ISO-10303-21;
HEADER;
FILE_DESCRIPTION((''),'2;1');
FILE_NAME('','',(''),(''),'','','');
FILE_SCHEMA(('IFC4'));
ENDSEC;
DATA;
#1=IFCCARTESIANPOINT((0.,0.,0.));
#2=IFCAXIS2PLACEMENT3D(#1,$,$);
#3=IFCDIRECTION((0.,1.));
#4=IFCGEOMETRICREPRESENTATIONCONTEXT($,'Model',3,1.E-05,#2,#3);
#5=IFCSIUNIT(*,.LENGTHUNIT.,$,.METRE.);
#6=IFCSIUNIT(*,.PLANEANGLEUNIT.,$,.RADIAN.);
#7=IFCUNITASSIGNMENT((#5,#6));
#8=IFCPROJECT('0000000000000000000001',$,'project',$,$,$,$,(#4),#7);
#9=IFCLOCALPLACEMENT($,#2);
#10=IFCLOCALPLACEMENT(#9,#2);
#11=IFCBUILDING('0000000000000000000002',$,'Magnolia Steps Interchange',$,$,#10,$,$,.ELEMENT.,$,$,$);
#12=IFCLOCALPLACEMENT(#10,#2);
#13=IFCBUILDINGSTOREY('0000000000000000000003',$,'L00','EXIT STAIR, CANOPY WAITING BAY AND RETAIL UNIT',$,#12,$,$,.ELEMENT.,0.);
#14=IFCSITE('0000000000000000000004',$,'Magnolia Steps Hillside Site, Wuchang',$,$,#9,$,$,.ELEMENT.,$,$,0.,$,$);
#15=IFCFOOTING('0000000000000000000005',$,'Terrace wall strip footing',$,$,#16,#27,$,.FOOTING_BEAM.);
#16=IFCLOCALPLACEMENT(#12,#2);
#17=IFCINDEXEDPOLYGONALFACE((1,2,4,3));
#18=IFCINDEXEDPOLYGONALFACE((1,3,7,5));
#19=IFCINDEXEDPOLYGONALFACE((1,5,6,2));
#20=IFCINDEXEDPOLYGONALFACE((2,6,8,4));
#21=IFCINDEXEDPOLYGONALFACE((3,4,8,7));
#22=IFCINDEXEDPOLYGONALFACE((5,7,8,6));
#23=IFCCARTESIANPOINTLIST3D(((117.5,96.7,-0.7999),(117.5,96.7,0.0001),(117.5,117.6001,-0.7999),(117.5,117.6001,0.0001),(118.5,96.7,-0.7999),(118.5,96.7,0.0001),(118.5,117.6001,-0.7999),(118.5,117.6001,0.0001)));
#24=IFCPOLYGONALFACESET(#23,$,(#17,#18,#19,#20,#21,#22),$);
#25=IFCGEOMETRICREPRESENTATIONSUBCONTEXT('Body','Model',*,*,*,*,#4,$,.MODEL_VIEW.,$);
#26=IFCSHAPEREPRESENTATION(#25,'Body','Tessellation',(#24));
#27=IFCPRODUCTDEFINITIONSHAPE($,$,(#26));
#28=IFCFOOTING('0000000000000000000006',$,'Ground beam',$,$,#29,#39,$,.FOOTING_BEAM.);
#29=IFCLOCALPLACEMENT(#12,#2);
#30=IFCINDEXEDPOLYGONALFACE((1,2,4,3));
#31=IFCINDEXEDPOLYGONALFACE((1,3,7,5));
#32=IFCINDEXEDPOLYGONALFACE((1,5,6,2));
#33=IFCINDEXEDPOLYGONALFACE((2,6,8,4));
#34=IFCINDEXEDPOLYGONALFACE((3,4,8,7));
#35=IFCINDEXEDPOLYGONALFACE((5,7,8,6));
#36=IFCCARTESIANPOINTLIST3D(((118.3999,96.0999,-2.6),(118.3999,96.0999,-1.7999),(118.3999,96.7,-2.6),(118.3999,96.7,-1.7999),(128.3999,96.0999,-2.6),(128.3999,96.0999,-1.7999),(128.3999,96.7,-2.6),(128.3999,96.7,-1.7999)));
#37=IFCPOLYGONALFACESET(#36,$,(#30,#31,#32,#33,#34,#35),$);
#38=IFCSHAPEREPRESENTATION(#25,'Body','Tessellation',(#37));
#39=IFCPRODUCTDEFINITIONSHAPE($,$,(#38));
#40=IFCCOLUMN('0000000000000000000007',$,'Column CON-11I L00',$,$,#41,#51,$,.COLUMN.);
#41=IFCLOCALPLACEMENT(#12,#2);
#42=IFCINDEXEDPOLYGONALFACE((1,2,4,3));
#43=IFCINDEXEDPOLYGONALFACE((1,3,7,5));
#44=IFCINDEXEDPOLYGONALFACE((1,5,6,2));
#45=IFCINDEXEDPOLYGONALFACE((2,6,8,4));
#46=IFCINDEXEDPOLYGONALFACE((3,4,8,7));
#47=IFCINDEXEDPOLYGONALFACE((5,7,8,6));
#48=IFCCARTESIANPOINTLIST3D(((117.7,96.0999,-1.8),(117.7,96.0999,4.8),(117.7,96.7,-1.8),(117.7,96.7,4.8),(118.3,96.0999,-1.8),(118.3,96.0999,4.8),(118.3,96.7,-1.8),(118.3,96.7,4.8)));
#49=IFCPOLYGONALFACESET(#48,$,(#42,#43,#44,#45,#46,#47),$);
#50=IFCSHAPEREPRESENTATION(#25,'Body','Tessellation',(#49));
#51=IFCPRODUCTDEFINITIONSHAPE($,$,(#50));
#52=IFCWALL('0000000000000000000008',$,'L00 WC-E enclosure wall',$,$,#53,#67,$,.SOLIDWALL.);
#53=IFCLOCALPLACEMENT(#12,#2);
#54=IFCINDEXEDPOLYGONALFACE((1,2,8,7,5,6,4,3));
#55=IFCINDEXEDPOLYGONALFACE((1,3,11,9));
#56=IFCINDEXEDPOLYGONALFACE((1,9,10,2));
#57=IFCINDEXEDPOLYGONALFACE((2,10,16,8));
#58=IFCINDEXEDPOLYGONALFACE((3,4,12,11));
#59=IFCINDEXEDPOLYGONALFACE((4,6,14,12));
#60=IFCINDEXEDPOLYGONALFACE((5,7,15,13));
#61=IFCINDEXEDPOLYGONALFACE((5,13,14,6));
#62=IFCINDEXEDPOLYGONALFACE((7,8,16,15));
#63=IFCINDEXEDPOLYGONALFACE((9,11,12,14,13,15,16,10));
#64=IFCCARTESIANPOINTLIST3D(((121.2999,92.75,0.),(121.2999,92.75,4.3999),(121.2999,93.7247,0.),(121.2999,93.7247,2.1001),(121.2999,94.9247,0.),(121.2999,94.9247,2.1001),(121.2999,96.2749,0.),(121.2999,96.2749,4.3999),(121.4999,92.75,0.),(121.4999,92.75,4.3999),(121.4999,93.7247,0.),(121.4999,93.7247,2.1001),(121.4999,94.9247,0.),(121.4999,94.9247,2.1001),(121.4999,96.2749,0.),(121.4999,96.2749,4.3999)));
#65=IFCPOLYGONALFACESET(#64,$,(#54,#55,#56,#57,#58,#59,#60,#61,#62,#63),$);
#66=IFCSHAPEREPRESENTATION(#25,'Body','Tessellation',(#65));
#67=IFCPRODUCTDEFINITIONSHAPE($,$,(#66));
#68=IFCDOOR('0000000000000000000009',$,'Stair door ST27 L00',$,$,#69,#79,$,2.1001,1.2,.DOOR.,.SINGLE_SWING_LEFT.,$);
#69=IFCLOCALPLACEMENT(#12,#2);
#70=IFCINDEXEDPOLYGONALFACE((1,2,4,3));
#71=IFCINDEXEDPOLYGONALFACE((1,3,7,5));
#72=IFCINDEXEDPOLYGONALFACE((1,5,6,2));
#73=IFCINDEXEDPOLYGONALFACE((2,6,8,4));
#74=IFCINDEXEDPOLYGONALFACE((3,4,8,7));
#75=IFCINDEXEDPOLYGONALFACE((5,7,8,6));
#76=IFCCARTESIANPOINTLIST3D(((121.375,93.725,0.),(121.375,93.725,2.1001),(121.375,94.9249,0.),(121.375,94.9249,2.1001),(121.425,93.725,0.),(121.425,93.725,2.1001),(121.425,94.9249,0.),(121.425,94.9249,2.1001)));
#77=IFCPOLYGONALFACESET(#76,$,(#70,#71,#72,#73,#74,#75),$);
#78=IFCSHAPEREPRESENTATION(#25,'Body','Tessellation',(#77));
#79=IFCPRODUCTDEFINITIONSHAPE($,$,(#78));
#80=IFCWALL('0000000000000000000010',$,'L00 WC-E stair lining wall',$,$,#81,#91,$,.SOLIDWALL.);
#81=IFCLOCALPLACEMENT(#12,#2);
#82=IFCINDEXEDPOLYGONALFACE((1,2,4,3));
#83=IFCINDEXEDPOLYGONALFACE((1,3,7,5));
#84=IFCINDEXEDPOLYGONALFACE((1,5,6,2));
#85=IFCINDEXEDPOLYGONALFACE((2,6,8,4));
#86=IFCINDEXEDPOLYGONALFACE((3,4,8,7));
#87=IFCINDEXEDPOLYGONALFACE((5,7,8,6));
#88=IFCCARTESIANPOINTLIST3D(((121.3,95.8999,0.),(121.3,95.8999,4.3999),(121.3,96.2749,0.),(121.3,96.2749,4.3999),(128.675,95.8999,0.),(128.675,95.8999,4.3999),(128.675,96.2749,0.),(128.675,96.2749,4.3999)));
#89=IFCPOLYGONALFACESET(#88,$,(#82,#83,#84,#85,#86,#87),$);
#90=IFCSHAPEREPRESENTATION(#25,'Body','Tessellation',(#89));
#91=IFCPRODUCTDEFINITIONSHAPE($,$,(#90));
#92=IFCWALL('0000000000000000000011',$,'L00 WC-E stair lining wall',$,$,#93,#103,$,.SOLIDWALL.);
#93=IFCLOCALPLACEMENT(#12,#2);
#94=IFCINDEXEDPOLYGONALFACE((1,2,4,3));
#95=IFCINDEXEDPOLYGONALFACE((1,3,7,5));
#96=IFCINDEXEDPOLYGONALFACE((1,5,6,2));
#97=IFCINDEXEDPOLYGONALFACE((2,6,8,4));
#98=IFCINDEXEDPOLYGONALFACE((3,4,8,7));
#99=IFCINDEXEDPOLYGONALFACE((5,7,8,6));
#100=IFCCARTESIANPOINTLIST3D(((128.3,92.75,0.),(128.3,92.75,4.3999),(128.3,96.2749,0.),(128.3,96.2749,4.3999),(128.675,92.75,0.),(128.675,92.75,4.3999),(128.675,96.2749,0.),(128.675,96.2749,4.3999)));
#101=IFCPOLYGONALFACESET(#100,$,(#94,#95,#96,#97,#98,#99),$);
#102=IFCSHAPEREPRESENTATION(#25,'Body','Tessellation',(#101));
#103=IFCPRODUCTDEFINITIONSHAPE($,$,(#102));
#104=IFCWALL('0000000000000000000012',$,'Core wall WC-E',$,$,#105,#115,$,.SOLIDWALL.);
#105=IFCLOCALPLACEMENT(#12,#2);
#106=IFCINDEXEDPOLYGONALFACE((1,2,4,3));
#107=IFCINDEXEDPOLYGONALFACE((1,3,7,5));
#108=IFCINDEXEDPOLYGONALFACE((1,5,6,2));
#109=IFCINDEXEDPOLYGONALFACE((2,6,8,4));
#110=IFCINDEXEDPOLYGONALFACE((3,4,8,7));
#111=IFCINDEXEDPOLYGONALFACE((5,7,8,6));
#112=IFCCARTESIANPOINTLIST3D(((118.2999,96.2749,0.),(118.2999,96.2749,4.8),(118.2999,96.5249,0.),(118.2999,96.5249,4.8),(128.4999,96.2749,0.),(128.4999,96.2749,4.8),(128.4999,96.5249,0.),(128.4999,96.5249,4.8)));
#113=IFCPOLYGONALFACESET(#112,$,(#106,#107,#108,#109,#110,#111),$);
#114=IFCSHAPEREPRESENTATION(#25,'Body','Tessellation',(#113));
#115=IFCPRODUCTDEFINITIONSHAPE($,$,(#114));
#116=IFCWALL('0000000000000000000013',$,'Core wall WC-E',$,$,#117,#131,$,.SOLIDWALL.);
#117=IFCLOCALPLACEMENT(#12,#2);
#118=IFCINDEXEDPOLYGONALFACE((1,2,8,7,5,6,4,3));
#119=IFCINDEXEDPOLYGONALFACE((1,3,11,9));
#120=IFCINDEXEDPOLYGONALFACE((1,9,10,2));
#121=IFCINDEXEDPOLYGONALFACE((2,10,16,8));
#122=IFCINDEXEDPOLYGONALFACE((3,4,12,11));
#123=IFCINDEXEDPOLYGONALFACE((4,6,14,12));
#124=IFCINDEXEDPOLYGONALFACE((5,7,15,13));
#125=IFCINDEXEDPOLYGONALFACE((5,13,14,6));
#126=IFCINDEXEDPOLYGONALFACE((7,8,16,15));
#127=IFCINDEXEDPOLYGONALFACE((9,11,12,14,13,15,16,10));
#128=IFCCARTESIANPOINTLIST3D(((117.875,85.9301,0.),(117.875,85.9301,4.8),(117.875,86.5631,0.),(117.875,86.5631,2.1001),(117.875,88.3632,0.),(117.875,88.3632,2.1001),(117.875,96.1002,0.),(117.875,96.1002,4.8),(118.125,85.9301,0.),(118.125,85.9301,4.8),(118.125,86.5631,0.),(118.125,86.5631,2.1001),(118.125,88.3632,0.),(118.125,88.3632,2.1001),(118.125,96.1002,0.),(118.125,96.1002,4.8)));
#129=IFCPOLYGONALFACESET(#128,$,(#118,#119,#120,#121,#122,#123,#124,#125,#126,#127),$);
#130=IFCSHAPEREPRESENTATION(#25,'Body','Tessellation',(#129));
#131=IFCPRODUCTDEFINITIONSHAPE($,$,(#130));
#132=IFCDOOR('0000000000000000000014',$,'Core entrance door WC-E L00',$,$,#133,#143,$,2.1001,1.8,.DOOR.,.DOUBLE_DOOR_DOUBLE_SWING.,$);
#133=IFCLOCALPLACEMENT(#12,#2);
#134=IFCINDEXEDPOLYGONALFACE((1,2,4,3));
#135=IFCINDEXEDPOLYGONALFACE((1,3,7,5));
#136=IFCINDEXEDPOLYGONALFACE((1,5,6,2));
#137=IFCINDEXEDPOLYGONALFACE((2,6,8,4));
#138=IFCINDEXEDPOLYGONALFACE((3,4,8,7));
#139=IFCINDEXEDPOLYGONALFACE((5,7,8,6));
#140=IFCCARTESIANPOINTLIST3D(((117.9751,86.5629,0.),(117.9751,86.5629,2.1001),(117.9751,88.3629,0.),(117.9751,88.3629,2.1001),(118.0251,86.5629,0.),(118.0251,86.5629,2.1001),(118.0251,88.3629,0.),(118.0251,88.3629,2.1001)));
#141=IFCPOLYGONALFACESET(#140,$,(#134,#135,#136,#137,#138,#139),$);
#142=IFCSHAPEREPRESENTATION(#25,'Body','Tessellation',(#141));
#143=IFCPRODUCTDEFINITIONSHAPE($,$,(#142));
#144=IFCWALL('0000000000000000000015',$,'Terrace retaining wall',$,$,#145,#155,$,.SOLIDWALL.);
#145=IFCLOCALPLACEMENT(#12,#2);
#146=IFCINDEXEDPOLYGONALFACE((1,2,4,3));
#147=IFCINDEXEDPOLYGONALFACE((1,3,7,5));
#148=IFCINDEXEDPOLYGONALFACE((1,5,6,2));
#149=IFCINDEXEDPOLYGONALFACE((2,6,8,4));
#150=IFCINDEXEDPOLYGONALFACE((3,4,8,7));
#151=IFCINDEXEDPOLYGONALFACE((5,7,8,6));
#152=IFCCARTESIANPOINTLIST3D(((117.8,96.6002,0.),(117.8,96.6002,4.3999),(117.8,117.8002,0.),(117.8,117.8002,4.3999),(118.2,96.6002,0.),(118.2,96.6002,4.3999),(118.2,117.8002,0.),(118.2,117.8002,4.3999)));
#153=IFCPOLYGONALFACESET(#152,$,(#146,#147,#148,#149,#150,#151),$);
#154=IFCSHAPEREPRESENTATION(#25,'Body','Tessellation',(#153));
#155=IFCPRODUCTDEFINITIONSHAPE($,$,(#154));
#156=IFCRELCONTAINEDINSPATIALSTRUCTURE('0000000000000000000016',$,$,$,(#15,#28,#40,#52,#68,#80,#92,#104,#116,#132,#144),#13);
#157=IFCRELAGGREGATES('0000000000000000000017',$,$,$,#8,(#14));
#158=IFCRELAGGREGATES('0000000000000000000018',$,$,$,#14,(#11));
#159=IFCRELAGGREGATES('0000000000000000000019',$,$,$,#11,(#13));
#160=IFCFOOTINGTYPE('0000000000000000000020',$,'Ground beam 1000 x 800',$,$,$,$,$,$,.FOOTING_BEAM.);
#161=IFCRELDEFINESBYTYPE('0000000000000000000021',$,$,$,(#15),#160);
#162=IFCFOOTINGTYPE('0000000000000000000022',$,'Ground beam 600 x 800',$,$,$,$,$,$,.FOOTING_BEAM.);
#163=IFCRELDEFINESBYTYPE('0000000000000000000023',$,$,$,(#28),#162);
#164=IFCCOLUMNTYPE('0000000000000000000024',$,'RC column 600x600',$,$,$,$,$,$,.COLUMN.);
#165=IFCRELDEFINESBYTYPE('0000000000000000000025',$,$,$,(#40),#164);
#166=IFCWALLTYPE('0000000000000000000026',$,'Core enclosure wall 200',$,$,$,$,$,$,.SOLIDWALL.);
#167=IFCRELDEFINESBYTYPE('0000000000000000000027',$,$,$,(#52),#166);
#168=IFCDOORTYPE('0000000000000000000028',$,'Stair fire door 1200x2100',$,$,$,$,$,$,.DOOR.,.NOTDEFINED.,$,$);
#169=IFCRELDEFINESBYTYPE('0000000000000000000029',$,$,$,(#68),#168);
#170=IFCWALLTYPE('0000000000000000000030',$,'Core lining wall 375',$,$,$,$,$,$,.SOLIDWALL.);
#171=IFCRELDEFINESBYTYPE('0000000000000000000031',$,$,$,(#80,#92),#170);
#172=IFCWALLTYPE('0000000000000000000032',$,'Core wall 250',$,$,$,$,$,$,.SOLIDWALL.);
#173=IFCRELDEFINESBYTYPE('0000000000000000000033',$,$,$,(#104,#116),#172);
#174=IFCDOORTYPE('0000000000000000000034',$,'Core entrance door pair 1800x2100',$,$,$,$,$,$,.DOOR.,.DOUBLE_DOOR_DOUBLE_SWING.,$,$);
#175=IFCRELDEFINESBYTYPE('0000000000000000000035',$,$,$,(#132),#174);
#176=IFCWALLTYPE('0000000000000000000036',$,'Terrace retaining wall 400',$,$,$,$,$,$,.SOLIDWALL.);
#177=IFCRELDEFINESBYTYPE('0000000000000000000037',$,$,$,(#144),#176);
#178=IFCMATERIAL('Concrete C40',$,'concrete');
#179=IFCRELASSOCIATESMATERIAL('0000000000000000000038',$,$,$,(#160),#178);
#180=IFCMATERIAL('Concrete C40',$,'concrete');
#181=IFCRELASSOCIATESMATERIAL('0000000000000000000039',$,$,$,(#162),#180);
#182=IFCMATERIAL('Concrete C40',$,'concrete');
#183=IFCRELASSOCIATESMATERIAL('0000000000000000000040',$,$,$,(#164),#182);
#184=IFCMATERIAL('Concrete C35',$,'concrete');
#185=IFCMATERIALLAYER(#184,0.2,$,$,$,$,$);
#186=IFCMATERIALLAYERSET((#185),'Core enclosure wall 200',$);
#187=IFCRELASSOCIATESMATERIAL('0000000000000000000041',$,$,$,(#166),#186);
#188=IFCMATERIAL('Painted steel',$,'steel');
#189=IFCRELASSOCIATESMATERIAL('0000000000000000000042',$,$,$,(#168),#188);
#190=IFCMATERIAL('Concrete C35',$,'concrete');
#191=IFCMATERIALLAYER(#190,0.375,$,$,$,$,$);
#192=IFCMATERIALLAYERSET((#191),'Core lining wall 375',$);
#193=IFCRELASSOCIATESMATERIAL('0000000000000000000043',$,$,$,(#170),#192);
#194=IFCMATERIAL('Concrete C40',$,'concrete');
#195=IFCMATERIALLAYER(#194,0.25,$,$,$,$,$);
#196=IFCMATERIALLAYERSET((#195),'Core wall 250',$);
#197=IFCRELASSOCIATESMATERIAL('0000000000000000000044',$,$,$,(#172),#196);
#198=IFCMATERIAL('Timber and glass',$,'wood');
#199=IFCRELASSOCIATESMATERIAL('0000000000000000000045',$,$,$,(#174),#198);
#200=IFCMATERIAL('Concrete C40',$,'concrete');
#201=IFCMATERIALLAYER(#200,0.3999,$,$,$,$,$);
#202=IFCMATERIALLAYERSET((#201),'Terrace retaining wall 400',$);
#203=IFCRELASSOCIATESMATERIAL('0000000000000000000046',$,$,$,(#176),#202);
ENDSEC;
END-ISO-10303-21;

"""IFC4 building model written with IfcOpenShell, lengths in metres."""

from ifc_helpers import new_model, si_unit, direction, frame, frame_2d, origin, origin_2d, place, context, subcontext, project, spatial, rectangle, extrude, material, layer, layer_set, material_profile, profile_set, type_object, element, fill, save


model = new_model("IFC4")

# Units and contexts
model_context = context("Model", 3, precision=1e-05, world=origin(), true_north=direction((0.0, 1.0)))
body_context = subcontext(model_context, "Body", "Model", "MODEL_VIEW")
ifc_project = project(units=[si_unit("LENGTHUNIT", "METRE"), si_unit("PLANEANGLEUNIT", "RADIAN")], contexts=[model_context])

# Site, building, storey
site_placement = place(None, origin())
site = spatial("IfcSite", under=ifc_project, at=site_placement, Name="Magnolia Steps Hillside Site, Wuchang", CompositionType="ELEMENT", RefElevation=0.0)
building_placement = place(site_placement, origin())
building = spatial("IfcBuilding", under=site, at=building_placement, Name="Magnolia Steps Interchange", CompositionType="ELEMENT")
storey_placement = place(building_placement, origin())
storey = spatial("IfcBuildingStorey", under=building, at=storey_placement, Name="L00", Description="EXIT STAIR, CANOPY WAITING BAY AND RETAIL UNIT", CompositionType="ELEMENT", Elevation=0.0)

# Footings
ifc_material_1 = material(Name="Concrete C40", Category="concrete")
ifc_material_profile_1 = material_profile(ifc_material_1, rectangle(XDim=1.0, YDim=0.8, at=origin_2d()), Name="RC1000x800")
ifc_profile_set_1 = profile_set([ifc_material_profile_1], Name="Concrete C40")
footing_type_1 = type_object("IfcFootingType", Name="Ground beam 1000 x 800", PredefinedType="FOOTING_BEAM", material=ifc_profile_set_1)
footing_1_placement = place(storey_placement, frame((118.0, 96.7, -0.3999), z_axis=(0.0, 1.0, 0.0), x_axis=(-1.0, 0.0, 0.0)))
element("IfcFooting", 1, at=footing_1_placement, inside=storey, type_object=footing_type_1, Name="Terrace wall strip footing", PredefinedType="FOOTING_BEAM", context=body_context, shape_type="SweptSolid", body=[
    extrude(rectangle(XDim=1.0, YDim=0.8, at=origin_2d()), origin(), (0.0, 0.0, 1.0), 20.9001),
])
ifc_material_2 = material(Name="Concrete C40", Category="concrete")
ifc_material_profile_2 = material_profile(ifc_material_2, rectangle(XDim=0.6001, YDim=0.8, at=origin_2d()), Name="RC600x800")
ifc_profile_set_2 = profile_set([ifc_material_profile_2], Name="Concrete C40")
footing_type_2 = type_object("IfcFootingType", Name="Ground beam 600 x 800", PredefinedType="FOOTING_BEAM", material=ifc_profile_set_2)
footing_2_placement = place(storey_placement, frame((118.3999, 96.3999, -2.2), z_axis=(1.0, 0.0, 0.0), x_axis=(0.0, 1.0, 0.0)))
element("IfcFooting", 2, at=footing_2_placement, inside=storey, type_object=footing_type_2, Name="Ground beam", PredefinedType="FOOTING_BEAM", context=body_context, shape_type="SweptSolid", body=[
    extrude(rectangle(XDim=0.6001, YDim=0.8, at=origin_2d()), origin(), (0.0, 0.0, 1.0), 10.0),
])

# Column
ifc_material_3 = material(Name="Concrete C40", Category="concrete")
ifc_material_profile_3 = material_profile(ifc_material_3, rectangle(XDim=0.6001, YDim=0.6001, at=origin_2d()), Name="RC600x600")
ifc_profile_set_3 = profile_set([ifc_material_profile_3], Name="Concrete C40")
column_type = type_object("IfcColumnType", Name="RC column 600x600", PredefinedType="COLUMN", material=ifc_profile_set_3)
column_placement = place(storey_placement, frame((118.0, 96.3999, -1.8), z_axis=(0.0, 0.0, 1.0), x_axis=(1.0, 0.0, 0.0)))
element("IfcColumn", 3, at=column_placement, inside=storey, type_object=column_type, Name="Column CON-11I L00", PredefinedType="COLUMN", context=body_context, shape_type="SweptSolid", body=[
    extrude(rectangle(XDim=0.6001, YDim=0.6001, at=origin_2d()), origin(), (0.0, 0.0, 1.0), 6.6001),
])

# Wall, opening, door
ifc_material_4 = material(Name="Concrete C35", Category="concrete")
ifc_layer_1 = layer(ifc_material_4, 0.2)
ifc_layer_set_1 = layer_set([ifc_layer_1], Name="Core enclosure wall 200")
wall_type_1 = type_object("IfcWallType", Name="Core enclosure wall 200", PredefinedType="SOLIDWALL", material=ifc_layer_set_1)
wall_1_placement = place(storey_placement, frame((121.3999, 96.2749, 0.0), z_axis=(0.0, 0.0, 1.0), x_axis=(0.0, -1.0, 0.0)))
wall_1 = element("IfcWall", 4, at=wall_1_placement, inside=storey, type_object=wall_type_1, Name="L00 WC-E enclosure wall", PredefinedType="SOLIDWALL", context=body_context, shape_type="SweptSolid", body=[
    extrude(rectangle(XDim=3.5249, YDim=0.2, at=frame_2d((1.7625, 0.0))), origin(), (0.0, 0.0, 1.0), 4.3999),
])
opening_1_placement = place(wall_1_placement, frame((1.3501, 0.0, 0.0)))
opening_1 = element("IfcOpeningElement", 5, at=opening_1_placement, cuts=wall_1, PredefinedType="OPENING", context=body_context, shape_type="SweptSolid", body=[
    extrude(rectangle(XDim=1.2, YDim=2.1001, at=frame_2d((0.6001, 1.05))), frame((0.0, 0.1099, 0.0), z_axis=(0.0, -1.0, 0.0), x_axis=(1.0, 0.0, 0.0)), (0.0, 0.0, 1.0), 0.22),
])
ifc_material_5 = material(Name="Painted steel", Category="steel")
door_type_1 = type_object("IfcDoorType", Name="Stair fire door 1200x2100", OperationType="NOTDEFINED", PredefinedType="DOOR", material=ifc_material_5)
door_1_placement = place(opening_1_placement, frame((1.2, 0.0, 0.0), z_axis=(0.0, 0.0, 1.0), x_axis=(-1.0, 0.0, 0.0)))
door_1 = element("IfcDoor", 6, at=door_1_placement, inside=storey, type_object=door_type_1, Name="Stair door ST27 L00", OperationType="SINGLE_SWING_LEFT", OverallHeight=2.1001, OverallWidth=1.2, PredefinedType="DOOR", context=body_context, shape_type="SweptSolid", body=[
    extrude(rectangle(XDim=1.2, YDim=2.1001, at=frame_2d((0.6001, 1.05))), frame((0.0, 0.0249, 0.0), z_axis=(0.0, -1.0, 0.0), x_axis=(1.0, 0.0, 0.0)), (0.0, 0.0, 1.0), 0.05),
])
fill(opening_1, door_1)

# Walls
ifc_material_6 = material(Name="Concrete C35", Category="concrete")
ifc_layer_2 = layer(ifc_material_6, 0.375)
ifc_layer_set_2 = layer_set([ifc_layer_2], Name="Core lining wall 375")
wall_type_2 = type_object("IfcWallType", Name="Core lining wall 375", PredefinedType="SOLIDWALL", material=ifc_layer_set_2)
wall_2_placement = place(storey_placement, frame((121.3, 96.0874, 0.0), z_axis=(0.0, 0.0, 1.0), x_axis=(1.0, 0.0, 0.0)))
element("IfcWall", 7, at=wall_2_placement, inside=storey, type_object=wall_type_2, Name="L00 WC-E stair lining wall", PredefinedType="SOLIDWALL", context=body_context, shape_type="SweptSolid", body=[
    extrude(rectangle(XDim=7.375, YDim=0.375, at=frame_2d((3.6875, 0.0))), origin(), (0.0, 0.0, 1.0), 4.3999),
])
wall_3_placement = place(storey_placement, frame((128.4875, 96.2749, 0.0), z_axis=(0.0, 0.0, 1.0), x_axis=(0.0, -1.0, 0.0)))
element("IfcWall", 8, at=wall_3_placement, inside=storey, type_object=wall_type_2, Name="L00 WC-E stair lining wall", PredefinedType="SOLIDWALL", context=body_context, shape_type="SweptSolid", body=[
    extrude(rectangle(XDim=3.5249, YDim=0.375, at=frame_2d((1.7625, 0.0))), origin(), (0.0, 0.0, 1.0), 4.3999),
])
ifc_material_7 = material(Name="Concrete C40", Category="concrete")
ifc_layer_3 = layer(ifc_material_7, 0.25)
ifc_layer_set_3 = layer_set([ifc_layer_3], Name="Core wall 250")
wall_type_3 = type_object("IfcWallType", Name="Core wall 250", PredefinedType="SOLIDWALL", material=ifc_layer_set_3)
wall_4_placement = place(storey_placement, frame((128.5, 96.3999, 0.0), z_axis=(0.0, 0.0, 1.0), x_axis=(-1.0, 0.0, 0.0)))
element("IfcWall", 9, at=wall_4_placement, inside=storey, type_object=wall_type_3, Name="Core wall WC-E", PredefinedType="SOLIDWALL", context=body_context, shape_type="SweptSolid", body=[
    extrude(rectangle(XDim=10.2, YDim=0.25, at=frame_2d((5.1001, 0.0))), origin(), (0.0, 0.0, 1.0), 4.8),
])

# Wall, opening, door
wall_5_placement = place(storey_placement, frame((118.0, 96.1001, 0.0), z_axis=(0.0, 0.0, 1.0), x_axis=(0.0, -1.0, 0.0)))
wall_5 = element("IfcWall", 10, at=wall_5_placement, inside=storey, type_object=wall_type_3, Name="Core wall WC-E", PredefinedType="SOLIDWALL", context=body_context, shape_type="SweptSolid", body=[
    extrude(rectangle(XDim=10.1702, YDim=0.25, at=frame_2d((5.085, 0.0))), origin(), (0.0, 0.0, 1.0), 4.8),
])
opening_2_placement = place(wall_5_placement, frame((7.7371, 0.0, 0.0)))
opening_2 = element("IfcOpeningElement", 11, at=opening_2_placement, cuts=wall_5, PredefinedType="OPENING", context=body_context, shape_type="SweptSolid", body=[
    extrude(rectangle(XDim=1.8, YDim=2.1001, at=frame_2d((0.8999, 1.05))), frame((0.0, 0.135, 0.0), z_axis=(0.0, -1.0, 0.0), x_axis=(1.0, 0.0, 0.0)), (0.0, 0.0, 1.0), 0.27),
])
ifc_material_8 = material(Name="Timber and glass", Category="wood")
door_type_2 = type_object("IfcDoorType", Name="Core entrance door pair 1800x2100", OperationType="DOUBLE_DOOR_DOUBLE_SWING", PredefinedType="DOOR", material=ifc_material_8)
door_2_placement = place(opening_2_placement, frame((1.8, 0.0, 0.0), z_axis=(0.0, 0.0, 1.0), x_axis=(-1.0, 0.0, 0.0)))
door_2 = element("IfcDoor", 12, at=door_2_placement, inside=storey, type_object=door_type_2, Name="Core entrance door WC-E L00", OperationType="DOUBLE_DOOR_DOUBLE_SWING", OverallHeight=2.1001, OverallWidth=1.8, PredefinedType="DOOR", context=body_context, shape_type="SweptSolid", body=[
    extrude(rectangle(XDim=1.8, YDim=2.1001, at=frame_2d((0.8999, 1.05))), frame((0.0, 0.0249, 0.0), z_axis=(0.0, -1.0, 0.0), x_axis=(1.0, 0.0, 0.0)), (0.0, 0.0, 1.0), 0.05),
])
fill(opening_2, door_2)

# Wall
ifc_material_9 = material(Name="Concrete C40", Category="concrete")
ifc_layer_4 = layer(ifc_material_9, 0.3999)
ifc_layer_set_4 = layer_set([ifc_layer_4], Name="Terrace retaining wall 400")
wall_type_4 = type_object("IfcWallType", Name="Terrace retaining wall 400", PredefinedType="SOLIDWALL", material=ifc_layer_set_4)
wall_6_placement = place(storey_placement, frame((118.0, 96.6001, 0.0), z_axis=(0.0, 0.0, 1.0), x_axis=(0.0, 1.0, 0.0)))
element("IfcWall", 13, at=wall_6_placement, inside=storey, type_object=wall_type_4, Name="Terrace retaining wall", PredefinedType="SOLIDWALL", context=body_context, shape_type="SweptSolid", body=[
    extrude(rectangle(XDim=21.2, YDim=0.3999, at=frame_2d((10.6001, 0.0))), origin(), (0.0, 0.0, 1.0), 4.3999),
])

save(model, "model.ifc")
